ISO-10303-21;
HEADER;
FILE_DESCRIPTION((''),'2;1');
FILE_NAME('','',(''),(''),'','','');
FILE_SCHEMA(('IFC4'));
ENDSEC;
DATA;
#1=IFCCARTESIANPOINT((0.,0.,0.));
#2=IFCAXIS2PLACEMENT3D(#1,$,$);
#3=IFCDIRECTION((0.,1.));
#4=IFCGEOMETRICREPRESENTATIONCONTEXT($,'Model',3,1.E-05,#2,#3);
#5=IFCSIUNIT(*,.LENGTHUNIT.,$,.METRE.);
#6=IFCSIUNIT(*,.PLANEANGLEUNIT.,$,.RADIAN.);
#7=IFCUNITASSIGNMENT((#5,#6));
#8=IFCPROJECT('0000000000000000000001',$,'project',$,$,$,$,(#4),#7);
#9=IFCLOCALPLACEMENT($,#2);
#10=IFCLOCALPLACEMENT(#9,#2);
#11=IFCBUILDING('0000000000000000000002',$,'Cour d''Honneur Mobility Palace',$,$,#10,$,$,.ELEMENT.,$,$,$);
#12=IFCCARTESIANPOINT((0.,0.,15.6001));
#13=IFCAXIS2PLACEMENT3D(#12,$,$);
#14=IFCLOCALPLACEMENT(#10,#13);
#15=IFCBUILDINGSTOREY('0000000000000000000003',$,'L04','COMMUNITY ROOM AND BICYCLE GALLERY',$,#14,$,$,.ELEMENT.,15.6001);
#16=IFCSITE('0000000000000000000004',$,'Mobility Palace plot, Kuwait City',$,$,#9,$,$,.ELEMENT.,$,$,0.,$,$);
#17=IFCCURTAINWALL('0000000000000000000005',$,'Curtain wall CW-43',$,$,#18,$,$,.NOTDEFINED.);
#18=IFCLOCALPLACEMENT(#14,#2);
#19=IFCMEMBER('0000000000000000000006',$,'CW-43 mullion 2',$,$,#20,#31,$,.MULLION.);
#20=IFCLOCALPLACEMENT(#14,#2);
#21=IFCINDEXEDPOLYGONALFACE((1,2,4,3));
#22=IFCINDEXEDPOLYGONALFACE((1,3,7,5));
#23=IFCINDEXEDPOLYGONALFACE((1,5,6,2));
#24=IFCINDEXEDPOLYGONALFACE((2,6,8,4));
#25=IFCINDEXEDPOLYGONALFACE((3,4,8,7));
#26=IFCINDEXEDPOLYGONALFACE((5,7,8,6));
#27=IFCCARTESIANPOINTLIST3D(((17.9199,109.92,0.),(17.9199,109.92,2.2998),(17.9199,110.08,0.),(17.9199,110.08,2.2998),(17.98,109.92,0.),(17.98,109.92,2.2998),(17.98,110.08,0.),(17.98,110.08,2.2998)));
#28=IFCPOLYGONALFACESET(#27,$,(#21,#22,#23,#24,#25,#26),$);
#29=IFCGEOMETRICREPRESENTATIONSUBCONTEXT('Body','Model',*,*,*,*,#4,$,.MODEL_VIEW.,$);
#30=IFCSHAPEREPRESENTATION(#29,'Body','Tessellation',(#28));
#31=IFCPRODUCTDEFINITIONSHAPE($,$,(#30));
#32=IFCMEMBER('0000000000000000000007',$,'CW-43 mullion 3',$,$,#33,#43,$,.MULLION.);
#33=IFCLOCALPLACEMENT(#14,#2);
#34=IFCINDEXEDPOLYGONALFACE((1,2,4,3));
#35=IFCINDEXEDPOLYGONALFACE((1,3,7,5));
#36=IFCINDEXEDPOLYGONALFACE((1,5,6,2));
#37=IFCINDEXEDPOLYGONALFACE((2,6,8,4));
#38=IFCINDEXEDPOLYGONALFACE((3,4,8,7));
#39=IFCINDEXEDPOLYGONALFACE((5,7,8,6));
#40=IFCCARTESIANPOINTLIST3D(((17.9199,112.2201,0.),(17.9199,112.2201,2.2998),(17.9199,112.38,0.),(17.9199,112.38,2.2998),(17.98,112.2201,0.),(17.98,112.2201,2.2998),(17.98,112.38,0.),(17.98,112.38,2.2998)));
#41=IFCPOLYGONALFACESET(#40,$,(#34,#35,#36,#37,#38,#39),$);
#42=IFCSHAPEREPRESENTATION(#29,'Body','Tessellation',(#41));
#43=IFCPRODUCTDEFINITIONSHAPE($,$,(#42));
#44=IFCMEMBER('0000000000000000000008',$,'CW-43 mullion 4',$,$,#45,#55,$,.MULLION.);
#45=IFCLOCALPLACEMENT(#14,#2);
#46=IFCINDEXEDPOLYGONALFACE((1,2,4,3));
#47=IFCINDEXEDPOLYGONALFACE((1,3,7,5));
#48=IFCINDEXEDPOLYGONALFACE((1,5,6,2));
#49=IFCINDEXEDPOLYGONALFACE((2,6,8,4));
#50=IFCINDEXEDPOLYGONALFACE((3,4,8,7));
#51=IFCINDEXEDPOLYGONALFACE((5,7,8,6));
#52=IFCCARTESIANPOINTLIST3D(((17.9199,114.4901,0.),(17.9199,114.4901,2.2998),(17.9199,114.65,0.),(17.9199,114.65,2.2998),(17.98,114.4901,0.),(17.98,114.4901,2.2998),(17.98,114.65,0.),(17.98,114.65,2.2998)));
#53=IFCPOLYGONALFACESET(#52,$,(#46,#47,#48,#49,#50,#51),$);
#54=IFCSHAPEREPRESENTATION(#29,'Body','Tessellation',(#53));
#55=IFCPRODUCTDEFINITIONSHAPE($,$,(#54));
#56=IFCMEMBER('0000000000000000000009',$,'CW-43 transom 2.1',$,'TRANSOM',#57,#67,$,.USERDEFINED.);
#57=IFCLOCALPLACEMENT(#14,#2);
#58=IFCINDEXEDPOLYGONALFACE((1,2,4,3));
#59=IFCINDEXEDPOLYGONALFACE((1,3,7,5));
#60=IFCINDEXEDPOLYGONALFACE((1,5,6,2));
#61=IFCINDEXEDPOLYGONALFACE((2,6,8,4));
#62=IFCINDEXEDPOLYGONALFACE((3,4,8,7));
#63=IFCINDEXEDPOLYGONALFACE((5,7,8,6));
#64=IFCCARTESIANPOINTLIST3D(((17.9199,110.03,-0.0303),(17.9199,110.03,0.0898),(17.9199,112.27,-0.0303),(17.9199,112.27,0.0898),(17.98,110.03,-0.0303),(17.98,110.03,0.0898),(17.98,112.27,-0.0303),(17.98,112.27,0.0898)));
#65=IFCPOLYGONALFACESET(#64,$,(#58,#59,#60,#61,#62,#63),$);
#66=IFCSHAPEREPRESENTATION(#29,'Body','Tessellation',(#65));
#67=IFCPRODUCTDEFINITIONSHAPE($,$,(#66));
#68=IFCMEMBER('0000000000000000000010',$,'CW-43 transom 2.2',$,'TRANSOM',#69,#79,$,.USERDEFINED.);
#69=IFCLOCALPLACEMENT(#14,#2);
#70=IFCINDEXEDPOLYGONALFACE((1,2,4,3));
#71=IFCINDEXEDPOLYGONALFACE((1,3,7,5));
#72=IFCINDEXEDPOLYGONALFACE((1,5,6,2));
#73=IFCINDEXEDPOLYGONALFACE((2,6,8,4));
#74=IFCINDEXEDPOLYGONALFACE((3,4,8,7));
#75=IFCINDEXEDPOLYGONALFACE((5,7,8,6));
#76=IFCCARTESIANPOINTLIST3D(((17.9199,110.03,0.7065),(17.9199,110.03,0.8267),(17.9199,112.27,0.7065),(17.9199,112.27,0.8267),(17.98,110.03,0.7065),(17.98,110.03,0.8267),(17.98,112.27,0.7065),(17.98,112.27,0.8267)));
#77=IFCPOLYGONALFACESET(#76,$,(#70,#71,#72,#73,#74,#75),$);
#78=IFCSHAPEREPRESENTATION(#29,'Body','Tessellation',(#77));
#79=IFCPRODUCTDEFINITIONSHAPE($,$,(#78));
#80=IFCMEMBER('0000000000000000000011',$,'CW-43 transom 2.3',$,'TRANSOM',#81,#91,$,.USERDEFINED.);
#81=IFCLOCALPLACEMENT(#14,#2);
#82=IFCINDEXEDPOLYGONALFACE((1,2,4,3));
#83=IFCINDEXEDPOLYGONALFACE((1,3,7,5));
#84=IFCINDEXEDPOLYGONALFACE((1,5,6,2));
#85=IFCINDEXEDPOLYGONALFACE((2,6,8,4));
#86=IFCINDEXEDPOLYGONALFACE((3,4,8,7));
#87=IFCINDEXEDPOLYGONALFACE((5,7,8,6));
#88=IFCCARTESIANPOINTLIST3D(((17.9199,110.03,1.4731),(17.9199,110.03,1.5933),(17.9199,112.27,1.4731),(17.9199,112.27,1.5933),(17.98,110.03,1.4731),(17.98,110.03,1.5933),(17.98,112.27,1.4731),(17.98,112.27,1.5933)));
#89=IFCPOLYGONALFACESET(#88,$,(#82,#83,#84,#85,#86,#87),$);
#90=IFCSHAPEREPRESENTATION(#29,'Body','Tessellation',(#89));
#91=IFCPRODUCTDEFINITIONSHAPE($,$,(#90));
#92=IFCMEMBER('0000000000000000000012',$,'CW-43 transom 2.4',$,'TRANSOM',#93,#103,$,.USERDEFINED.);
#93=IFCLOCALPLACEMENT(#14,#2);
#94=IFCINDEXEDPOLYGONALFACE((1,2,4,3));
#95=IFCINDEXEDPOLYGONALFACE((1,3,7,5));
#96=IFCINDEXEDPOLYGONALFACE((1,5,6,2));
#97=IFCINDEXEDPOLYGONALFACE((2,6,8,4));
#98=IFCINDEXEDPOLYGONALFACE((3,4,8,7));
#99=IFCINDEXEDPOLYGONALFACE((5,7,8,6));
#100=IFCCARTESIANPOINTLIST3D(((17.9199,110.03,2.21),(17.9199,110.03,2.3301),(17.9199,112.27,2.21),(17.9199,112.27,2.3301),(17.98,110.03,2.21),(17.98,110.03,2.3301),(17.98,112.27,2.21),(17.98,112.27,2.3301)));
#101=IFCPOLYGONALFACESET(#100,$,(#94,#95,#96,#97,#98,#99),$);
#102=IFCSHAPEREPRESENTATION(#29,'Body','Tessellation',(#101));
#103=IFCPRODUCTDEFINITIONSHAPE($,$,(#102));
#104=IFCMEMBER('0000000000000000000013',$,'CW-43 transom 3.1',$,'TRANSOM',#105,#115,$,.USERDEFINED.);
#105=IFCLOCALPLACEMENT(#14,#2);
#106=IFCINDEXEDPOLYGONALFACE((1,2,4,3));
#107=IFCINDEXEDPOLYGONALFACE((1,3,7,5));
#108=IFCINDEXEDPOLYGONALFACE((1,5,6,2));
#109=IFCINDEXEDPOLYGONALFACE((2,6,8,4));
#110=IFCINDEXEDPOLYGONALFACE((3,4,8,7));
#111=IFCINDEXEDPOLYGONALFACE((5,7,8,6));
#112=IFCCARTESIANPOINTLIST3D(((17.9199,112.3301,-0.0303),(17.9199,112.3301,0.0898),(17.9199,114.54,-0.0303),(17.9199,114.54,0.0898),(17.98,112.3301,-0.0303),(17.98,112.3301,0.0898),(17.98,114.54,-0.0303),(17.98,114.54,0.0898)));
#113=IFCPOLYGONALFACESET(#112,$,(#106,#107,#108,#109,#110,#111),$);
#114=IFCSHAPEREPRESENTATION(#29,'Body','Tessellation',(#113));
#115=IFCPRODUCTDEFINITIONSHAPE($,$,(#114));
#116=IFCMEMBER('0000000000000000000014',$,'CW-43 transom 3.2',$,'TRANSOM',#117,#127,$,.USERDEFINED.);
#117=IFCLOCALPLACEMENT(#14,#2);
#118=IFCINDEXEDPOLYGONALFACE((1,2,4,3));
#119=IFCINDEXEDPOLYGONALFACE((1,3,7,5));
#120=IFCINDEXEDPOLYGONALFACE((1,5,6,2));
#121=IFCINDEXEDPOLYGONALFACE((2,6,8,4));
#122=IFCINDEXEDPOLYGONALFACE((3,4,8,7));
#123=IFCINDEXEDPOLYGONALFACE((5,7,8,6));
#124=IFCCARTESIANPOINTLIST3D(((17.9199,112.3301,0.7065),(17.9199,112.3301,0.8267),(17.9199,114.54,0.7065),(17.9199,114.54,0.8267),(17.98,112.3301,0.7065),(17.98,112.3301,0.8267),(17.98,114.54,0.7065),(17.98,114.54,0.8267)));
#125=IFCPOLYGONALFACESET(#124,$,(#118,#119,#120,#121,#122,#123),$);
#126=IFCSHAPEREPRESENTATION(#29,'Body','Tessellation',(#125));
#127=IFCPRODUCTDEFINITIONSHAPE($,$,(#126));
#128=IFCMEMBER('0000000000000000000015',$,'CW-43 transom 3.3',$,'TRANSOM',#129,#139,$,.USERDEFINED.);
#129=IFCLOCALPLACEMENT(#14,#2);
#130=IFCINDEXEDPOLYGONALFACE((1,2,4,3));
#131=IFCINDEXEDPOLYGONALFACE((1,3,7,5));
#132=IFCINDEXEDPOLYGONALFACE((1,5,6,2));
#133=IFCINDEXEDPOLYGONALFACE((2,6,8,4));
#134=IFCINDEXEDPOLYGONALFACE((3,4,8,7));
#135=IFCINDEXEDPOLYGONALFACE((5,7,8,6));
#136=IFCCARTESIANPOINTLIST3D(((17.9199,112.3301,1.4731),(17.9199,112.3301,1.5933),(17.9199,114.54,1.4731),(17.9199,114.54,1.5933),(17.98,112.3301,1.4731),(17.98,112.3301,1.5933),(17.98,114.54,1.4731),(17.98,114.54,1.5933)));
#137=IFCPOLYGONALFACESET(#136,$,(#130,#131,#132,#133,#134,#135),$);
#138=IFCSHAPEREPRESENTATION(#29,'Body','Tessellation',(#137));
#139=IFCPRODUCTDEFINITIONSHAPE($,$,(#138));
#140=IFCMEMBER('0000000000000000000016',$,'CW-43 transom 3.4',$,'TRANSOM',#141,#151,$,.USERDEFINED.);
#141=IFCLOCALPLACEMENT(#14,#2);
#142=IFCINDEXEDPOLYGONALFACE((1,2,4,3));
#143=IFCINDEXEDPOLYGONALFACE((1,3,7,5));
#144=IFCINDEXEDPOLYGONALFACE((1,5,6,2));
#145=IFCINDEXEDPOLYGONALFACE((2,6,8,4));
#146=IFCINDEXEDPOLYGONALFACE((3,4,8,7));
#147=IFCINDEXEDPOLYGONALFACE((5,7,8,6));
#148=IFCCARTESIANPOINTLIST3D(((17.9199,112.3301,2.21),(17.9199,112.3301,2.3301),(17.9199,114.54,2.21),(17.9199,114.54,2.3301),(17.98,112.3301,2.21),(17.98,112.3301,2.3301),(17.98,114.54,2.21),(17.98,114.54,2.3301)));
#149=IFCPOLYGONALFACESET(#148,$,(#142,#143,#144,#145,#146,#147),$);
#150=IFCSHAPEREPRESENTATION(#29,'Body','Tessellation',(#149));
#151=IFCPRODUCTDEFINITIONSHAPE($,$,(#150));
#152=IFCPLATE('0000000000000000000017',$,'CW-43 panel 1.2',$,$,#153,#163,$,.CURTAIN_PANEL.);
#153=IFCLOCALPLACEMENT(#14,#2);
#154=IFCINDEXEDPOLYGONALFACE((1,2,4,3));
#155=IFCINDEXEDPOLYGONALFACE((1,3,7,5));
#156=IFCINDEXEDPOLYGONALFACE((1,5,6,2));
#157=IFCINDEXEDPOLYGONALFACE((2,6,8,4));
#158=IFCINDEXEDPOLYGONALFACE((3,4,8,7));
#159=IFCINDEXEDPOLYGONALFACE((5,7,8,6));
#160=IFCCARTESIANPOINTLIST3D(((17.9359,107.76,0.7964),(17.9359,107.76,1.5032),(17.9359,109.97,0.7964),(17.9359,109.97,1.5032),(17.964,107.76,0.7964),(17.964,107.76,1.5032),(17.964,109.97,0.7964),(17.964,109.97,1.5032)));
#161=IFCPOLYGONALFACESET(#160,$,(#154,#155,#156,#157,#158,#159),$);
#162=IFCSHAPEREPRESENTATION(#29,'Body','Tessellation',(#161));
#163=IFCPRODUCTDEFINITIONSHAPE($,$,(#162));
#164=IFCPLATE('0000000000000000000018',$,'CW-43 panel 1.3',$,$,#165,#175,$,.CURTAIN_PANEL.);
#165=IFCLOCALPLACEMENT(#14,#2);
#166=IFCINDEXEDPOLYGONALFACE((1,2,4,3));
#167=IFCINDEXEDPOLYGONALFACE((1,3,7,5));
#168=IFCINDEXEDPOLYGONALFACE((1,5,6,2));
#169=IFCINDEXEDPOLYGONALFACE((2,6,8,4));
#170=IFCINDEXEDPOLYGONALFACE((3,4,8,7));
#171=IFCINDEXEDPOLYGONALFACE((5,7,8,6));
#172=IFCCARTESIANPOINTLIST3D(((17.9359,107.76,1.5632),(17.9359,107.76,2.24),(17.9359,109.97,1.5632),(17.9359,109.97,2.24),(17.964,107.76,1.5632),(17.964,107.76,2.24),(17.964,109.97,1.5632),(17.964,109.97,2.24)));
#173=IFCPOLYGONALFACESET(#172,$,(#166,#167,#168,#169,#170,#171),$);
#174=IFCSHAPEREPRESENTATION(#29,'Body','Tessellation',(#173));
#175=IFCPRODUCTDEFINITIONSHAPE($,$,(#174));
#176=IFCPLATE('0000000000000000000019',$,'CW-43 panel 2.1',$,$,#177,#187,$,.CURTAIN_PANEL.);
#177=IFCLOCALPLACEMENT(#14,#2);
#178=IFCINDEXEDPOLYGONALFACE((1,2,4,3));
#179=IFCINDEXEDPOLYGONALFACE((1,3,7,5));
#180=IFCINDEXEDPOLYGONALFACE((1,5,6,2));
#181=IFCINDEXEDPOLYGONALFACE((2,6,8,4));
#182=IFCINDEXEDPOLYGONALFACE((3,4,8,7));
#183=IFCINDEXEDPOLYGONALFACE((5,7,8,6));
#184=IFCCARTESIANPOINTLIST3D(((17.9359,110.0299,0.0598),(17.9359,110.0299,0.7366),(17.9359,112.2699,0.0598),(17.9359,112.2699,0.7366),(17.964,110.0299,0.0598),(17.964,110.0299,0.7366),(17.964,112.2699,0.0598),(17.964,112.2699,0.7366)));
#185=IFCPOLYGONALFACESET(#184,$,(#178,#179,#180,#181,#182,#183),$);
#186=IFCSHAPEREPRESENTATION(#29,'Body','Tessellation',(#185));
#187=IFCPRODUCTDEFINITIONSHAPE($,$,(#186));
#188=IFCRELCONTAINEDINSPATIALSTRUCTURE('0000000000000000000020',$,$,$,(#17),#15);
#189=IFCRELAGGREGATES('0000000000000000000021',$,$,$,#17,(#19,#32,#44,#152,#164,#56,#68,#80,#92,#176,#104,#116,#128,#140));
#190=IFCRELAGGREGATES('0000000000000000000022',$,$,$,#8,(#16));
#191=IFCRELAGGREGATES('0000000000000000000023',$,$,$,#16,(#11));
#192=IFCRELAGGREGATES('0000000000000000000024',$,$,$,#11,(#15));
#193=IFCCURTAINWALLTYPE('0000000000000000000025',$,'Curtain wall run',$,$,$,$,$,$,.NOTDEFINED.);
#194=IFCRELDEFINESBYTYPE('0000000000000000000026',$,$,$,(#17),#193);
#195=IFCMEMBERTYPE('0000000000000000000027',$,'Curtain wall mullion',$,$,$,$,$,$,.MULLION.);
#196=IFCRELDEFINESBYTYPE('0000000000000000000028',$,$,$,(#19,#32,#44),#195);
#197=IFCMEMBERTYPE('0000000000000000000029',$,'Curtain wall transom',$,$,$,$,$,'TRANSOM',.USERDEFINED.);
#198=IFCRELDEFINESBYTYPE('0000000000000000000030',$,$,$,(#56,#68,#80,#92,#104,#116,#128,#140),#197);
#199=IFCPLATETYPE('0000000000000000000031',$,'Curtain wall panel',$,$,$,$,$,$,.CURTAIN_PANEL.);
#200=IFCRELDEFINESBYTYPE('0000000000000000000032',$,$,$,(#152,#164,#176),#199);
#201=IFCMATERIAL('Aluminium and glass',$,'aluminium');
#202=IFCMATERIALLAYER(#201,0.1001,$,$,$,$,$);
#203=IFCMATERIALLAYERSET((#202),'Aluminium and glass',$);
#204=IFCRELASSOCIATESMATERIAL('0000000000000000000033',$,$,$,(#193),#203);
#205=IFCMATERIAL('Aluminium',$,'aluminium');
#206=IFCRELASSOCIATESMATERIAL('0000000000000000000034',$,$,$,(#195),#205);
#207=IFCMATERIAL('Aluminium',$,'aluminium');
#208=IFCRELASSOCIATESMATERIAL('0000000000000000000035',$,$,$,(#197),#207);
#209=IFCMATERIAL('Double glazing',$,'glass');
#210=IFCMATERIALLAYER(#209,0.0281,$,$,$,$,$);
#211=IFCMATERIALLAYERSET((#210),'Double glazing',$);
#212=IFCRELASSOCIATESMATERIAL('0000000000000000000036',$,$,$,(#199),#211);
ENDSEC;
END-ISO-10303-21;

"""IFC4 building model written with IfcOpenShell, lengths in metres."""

from ifc_helpers import new_model, si_unit, direction, frame, origin, origin_2d, place, context, subcontext, project, spatial, rectangle, extrude, material, layer, layer_set, material_profile, profile_set, type_object, element, aggregate, save


model = new_model("IFC4")

# Units and contexts
model_context = context("Model", 3, precision=1e-05, world=origin(), true_north=direction((0.0, 1.0)))
body_context = subcontext(model_context, "Body", "Model", "MODEL_VIEW")
ifc_project = project(units=[si_unit("LENGTHUNIT", "METRE"), si_unit("PLANEANGLEUNIT", "RADIAN")], contexts=[model_context])

# Site, building, storey
site_placement = place(None, origin())
site = spatial("IfcSite", under=ifc_project, at=site_placement, Name="Mobility Palace plot, Kuwait City", CompositionType="ELEMENT", RefElevation=0.0)
building_placement = place(site_placement, origin())
building = spatial("IfcBuilding", under=site, at=building_placement, Name="Cour d'Honneur Mobility Palace", CompositionType="ELEMENT")
storey_placement = place(building_placement, frame((0.0, 0.0, 15.6001)))
storey = spatial("IfcBuildingStorey", under=building, at=storey_placement, Name="L04", Description="COMMUNITY ROOM AND BICYCLE GALLERY", CompositionType="ELEMENT", Elevation=15.6001)

# Curtain wall, members, plates
ifc_material_1 = material(Name="Aluminium and glass", Category="aluminium")
ifc_layer_1 = layer(ifc_material_1, 0.1001)
ifc_layer_set_1 = layer_set([ifc_layer_1], Name="Aluminium and glass")
curtain_wall_type = type_object("IfcCurtainWallType", Name="Curtain wall run", PredefinedType="NOTDEFINED", material=ifc_layer_set_1)
curtain_wall_placement = place(storey_placement, origin())
curtain_wall = element("IfcCurtainWall", 1, at=curtain_wall_placement, inside=storey, type_object=curtain_wall_type, Name="Curtain wall CW-43", PredefinedType="NOTDEFINED")
ifc_material_2 = material(Name="Aluminium", Category="aluminium")
ifc_material_profile_1 = material_profile(ifc_material_2, rectangle(XDim=0.0601, YDim=0.1599, at=origin_2d()), Name="Curtain wall mullion")
ifc_profile_set_1 = profile_set([ifc_material_profile_1], Name="Aluminium")
member_type_1 = type_object("IfcMemberType", Name="Curtain wall mullion", PredefinedType="MULLION", material=ifc_profile_set_1)
member_1_placement = place(storey_placement, frame((17.95, 110.0, 0.0), z_axis=(0.0, 0.0, 1.0), x_axis=(-1.0, 0.0, 0.0)))
member_1 = element("IfcMember", 2, at=member_1_placement, type_object=member_type_1, Name="CW-43 mullion 2", PredefinedType="MULLION", context=body_context, shape_type="SweptSolid", body=[
    extrude(rectangle(XDim=0.0601, YDim=0.1599, at=origin_2d()), origin(), (0.0, 0.0, 1.0), 2.2998),
])
member_2_placement = place(storey_placement, frame((17.95, 112.3, 0.0), z_axis=(0.0, 0.0, 1.0), x_axis=(-1.0, 0.0, 0.0)))
member_2 = element("IfcMember", 3, at=member_2_placement, type_object=member_type_1, Name="CW-43 mullion 3", PredefinedType="MULLION", context=body_context, shape_type="SweptSolid", body=[
    extrude(rectangle(XDim=0.0601, YDim=0.1599, at=origin_2d()), origin(), (0.0, 0.0, 1.0), 2.2998),
])
member_3_placement = place(storey_placement, frame((17.95, 114.5701, 0.0), z_axis=(0.0, 0.0, 1.0), x_axis=(-1.0, 0.0, 0.0)))
member_3 = element("IfcMember", 4, at=member_3_placement, type_object=member_type_1, Name="CW-43 mullion 4", PredefinedType="MULLION", context=body_context, shape_type="SweptSolid", body=[
    extrude(rectangle(XDim=0.0601, YDim=0.1599, at=origin_2d()), origin(), (0.0, 0.0, 1.0), 2.2998),
])
ifc_material_3 = material(Name="Aluminium", Category="aluminium")
ifc_material_profile_2 = material_profile(ifc_material_3, rectangle(XDim=0.0601, YDim=0.1201, at=origin_2d()), Name="Curtain wall transom")
ifc_profile_set_2 = profile_set([ifc_material_profile_2], Name="Aluminium")
member_type_2 = type_object("IfcMemberType", Name="Curtain wall transom", ElementType="TRANSOM", PredefinedType="USERDEFINED", material=ifc_profile_set_2)
member_4_placement = place(storey_placement, frame((17.95, 110.03, 0.0298), z_axis=(0.0, 1.0, 0.0), x_axis=(-1.0, 0.0, 0.0)))
member_4 = element("IfcMember", 5, at=member_4_placement, type_object=member_type_2, Name="CW-43 transom 2.1", ObjectType="TRANSOM", PredefinedType="USERDEFINED", context=body_context, shape_type="SweptSolid", body=[
    extrude(rectangle(XDim=0.0601, YDim=0.1201, at=origin_2d()), origin(), (0.0, 0.0, 1.0), 2.24),
])
member_5_placement = place(storey_placement, frame((17.95, 110.03, 0.7666), z_axis=(0.0, 1.0, 0.0), x_axis=(-1.0, 0.0, 0.0)))
member_5 = element("IfcMember", 6, at=member_5_placement, type_object=member_type_2, Name="CW-43 transom 2.2", ObjectType="TRANSOM", PredefinedType="USERDEFINED", context=body_context, shape_type="SweptSolid", body=[
    extrude(rectangle(XDim=0.0601, YDim=0.1201, at=origin_2d()), origin(), (0.0, 0.0, 1.0), 2.24),
])
member_6_placement = place(storey_placement, frame((17.95, 110.03, 1.5332), z_axis=(0.0, 1.0, 0.0), x_axis=(-1.0, 0.0, 0.0)))
member_6 = element("IfcMember", 7, at=member_6_placement, type_object=member_type_2, Name="CW-43 transom 2.3", ObjectType="TRANSOM", PredefinedType="USERDEFINED", context=body_context, shape_type="SweptSolid", body=[
    extrude(rectangle(XDim=0.0601, YDim=0.1201, at=origin_2d()), origin(), (0.0, 0.0, 1.0), 2.24),
])
member_7_placement = place(storey_placement, frame((17.95, 110.03, 2.27), z_axis=(0.0, 1.0, 0.0), x_axis=(-1.0, 0.0, 0.0)))
member_7 = element("IfcMember", 8, at=member_7_placement, type_object=member_type_2, Name="CW-43 transom 2.4", ObjectType="TRANSOM", PredefinedType="USERDEFINED", context=body_context, shape_type="SweptSolid", body=[
    extrude(rectangle(XDim=0.0601, YDim=0.1201, at=origin_2d()), origin(), (0.0, 0.0, 1.0), 2.24),
])
member_8_placement = place(storey_placement, frame((17.95, 112.3301, 0.0298), z_axis=(0.0, 1.0, 0.0), x_axis=(-1.0, 0.0, 0.0)))
member_8 = element("IfcMember", 9, at=member_8_placement, type_object=member_type_2, Name="CW-43 transom 3.1", ObjectType="TRANSOM", PredefinedType="USERDEFINED", context=body_context, shape_type="SweptSolid", body=[
    extrude(rectangle(XDim=0.0601, YDim=0.1201, at=origin_2d()), origin(), (0.0, 0.0, 1.0), 2.21),
])
member_9_placement = place(storey_placement, frame((17.95, 112.3301, 0.7666), z_axis=(0.0, 1.0, 0.0), x_axis=(-1.0, 0.0, 0.0)))
member_9 = element("IfcMember", 10, at=member_9_placement, type_object=member_type_2, Name="CW-43 transom 3.2", ObjectType="TRANSOM", PredefinedType="USERDEFINED", context=body_context, shape_type="SweptSolid", body=[
    extrude(rectangle(XDim=0.0601, YDim=0.1201, at=origin_2d()), origin(), (0.0, 0.0, 1.0), 2.21),
])
member_10_placement = place(storey_placement, frame((17.95, 112.3301, 1.5332), z_axis=(0.0, 1.0, 0.0), x_axis=(-1.0, 0.0, 0.0)))
member_10 = element("IfcMember", 11, at=member_10_placement, type_object=member_type_2, Name="CW-43 transom 3.3", ObjectType="TRANSOM", PredefinedType="USERDEFINED", context=body_context, shape_type="SweptSolid", body=[
    extrude(rectangle(XDim=0.0601, YDim=0.1201, at=origin_2d()), origin(), (0.0, 0.0, 1.0), 2.21),
])
member_11_placement = place(storey_placement, frame((17.95, 112.3301, 2.27), z_axis=(0.0, 1.0, 0.0), x_axis=(-1.0, 0.0, 0.0)))
member_11 = element("IfcMember", 12, at=member_11_placement, type_object=member_type_2, Name="CW-43 transom 3.4", ObjectType="TRANSOM", PredefinedType="USERDEFINED", context=body_context, shape_type="SweptSolid", body=[
    extrude(rectangle(XDim=0.0601, YDim=0.1201, at=origin_2d()), origin(), (0.0, 0.0, 1.0), 2.21),
])
ifc_material_4 = material(Name="Double glazing", Category="glass")
ifc_layer_2 = layer(ifc_material_4, 0.0281)
ifc_layer_set_2 = layer_set([ifc_layer_2], Name="Double glazing")
plate_type = type_object("IfcPlateType", Name="Curtain wall panel", PredefinedType="CURTAIN_PANEL", material=ifc_layer_set_2)
plate_1_placement = place(storey_placement, frame((17.95, 108.865, 0.7964), z_axis=(0.0, 0.0, 1.0), x_axis=(0.0, 1.0, 0.0)))
plate_1 = element("IfcPlate", 13, at=plate_1_placement, type_object=plate_type, Name="CW-43 panel 1.2", PredefinedType="CURTAIN_PANEL", context=body_context, shape_type="SweptSolid", body=[
    extrude(rectangle(XDim=2.21, YDim=0.0281, at=origin_2d()), origin(), (0.0, 0.0, 1.0), 0.7068),
])
plate_2_placement = place(storey_placement, frame((17.95, 108.865, 1.5632), z_axis=(0.0, 0.0, 1.0), x_axis=(0.0, 1.0, 0.0)))
plate_2 = element("IfcPlate", 14, at=plate_2_placement, type_object=plate_type, Name="CW-43 panel 1.3", PredefinedType="CURTAIN_PANEL", context=body_context, shape_type="SweptSolid", body=[
    extrude(rectangle(XDim=2.21, YDim=0.0281, at=origin_2d()), origin(), (0.0, 0.0, 1.0), 0.6768),
])
plate_3_placement = place(storey_placement, frame((17.95, 111.1499, 0.0598), z_axis=(0.0, 0.0, 1.0), x_axis=(0.0, 1.0, 0.0)))
plate_3 = element("IfcPlate", 15, at=plate_3_placement, type_object=plate_type, Name="CW-43 panel 2.1", PredefinedType="CURTAIN_PANEL", context=body_context, shape_type="SweptSolid", body=[
    extrude(rectangle(XDim=2.24, YDim=0.0281, at=origin_2d()), origin(), (0.0, 0.0, 1.0), 0.6768),
])
aggregate(curtain_wall, [member_1, member_2, member_3, plate_1, plate_2, member_4, member_5, member_6, member_7, plate_3, member_8, member_9, member_10, member_11])

save(model, "model.ifc")
